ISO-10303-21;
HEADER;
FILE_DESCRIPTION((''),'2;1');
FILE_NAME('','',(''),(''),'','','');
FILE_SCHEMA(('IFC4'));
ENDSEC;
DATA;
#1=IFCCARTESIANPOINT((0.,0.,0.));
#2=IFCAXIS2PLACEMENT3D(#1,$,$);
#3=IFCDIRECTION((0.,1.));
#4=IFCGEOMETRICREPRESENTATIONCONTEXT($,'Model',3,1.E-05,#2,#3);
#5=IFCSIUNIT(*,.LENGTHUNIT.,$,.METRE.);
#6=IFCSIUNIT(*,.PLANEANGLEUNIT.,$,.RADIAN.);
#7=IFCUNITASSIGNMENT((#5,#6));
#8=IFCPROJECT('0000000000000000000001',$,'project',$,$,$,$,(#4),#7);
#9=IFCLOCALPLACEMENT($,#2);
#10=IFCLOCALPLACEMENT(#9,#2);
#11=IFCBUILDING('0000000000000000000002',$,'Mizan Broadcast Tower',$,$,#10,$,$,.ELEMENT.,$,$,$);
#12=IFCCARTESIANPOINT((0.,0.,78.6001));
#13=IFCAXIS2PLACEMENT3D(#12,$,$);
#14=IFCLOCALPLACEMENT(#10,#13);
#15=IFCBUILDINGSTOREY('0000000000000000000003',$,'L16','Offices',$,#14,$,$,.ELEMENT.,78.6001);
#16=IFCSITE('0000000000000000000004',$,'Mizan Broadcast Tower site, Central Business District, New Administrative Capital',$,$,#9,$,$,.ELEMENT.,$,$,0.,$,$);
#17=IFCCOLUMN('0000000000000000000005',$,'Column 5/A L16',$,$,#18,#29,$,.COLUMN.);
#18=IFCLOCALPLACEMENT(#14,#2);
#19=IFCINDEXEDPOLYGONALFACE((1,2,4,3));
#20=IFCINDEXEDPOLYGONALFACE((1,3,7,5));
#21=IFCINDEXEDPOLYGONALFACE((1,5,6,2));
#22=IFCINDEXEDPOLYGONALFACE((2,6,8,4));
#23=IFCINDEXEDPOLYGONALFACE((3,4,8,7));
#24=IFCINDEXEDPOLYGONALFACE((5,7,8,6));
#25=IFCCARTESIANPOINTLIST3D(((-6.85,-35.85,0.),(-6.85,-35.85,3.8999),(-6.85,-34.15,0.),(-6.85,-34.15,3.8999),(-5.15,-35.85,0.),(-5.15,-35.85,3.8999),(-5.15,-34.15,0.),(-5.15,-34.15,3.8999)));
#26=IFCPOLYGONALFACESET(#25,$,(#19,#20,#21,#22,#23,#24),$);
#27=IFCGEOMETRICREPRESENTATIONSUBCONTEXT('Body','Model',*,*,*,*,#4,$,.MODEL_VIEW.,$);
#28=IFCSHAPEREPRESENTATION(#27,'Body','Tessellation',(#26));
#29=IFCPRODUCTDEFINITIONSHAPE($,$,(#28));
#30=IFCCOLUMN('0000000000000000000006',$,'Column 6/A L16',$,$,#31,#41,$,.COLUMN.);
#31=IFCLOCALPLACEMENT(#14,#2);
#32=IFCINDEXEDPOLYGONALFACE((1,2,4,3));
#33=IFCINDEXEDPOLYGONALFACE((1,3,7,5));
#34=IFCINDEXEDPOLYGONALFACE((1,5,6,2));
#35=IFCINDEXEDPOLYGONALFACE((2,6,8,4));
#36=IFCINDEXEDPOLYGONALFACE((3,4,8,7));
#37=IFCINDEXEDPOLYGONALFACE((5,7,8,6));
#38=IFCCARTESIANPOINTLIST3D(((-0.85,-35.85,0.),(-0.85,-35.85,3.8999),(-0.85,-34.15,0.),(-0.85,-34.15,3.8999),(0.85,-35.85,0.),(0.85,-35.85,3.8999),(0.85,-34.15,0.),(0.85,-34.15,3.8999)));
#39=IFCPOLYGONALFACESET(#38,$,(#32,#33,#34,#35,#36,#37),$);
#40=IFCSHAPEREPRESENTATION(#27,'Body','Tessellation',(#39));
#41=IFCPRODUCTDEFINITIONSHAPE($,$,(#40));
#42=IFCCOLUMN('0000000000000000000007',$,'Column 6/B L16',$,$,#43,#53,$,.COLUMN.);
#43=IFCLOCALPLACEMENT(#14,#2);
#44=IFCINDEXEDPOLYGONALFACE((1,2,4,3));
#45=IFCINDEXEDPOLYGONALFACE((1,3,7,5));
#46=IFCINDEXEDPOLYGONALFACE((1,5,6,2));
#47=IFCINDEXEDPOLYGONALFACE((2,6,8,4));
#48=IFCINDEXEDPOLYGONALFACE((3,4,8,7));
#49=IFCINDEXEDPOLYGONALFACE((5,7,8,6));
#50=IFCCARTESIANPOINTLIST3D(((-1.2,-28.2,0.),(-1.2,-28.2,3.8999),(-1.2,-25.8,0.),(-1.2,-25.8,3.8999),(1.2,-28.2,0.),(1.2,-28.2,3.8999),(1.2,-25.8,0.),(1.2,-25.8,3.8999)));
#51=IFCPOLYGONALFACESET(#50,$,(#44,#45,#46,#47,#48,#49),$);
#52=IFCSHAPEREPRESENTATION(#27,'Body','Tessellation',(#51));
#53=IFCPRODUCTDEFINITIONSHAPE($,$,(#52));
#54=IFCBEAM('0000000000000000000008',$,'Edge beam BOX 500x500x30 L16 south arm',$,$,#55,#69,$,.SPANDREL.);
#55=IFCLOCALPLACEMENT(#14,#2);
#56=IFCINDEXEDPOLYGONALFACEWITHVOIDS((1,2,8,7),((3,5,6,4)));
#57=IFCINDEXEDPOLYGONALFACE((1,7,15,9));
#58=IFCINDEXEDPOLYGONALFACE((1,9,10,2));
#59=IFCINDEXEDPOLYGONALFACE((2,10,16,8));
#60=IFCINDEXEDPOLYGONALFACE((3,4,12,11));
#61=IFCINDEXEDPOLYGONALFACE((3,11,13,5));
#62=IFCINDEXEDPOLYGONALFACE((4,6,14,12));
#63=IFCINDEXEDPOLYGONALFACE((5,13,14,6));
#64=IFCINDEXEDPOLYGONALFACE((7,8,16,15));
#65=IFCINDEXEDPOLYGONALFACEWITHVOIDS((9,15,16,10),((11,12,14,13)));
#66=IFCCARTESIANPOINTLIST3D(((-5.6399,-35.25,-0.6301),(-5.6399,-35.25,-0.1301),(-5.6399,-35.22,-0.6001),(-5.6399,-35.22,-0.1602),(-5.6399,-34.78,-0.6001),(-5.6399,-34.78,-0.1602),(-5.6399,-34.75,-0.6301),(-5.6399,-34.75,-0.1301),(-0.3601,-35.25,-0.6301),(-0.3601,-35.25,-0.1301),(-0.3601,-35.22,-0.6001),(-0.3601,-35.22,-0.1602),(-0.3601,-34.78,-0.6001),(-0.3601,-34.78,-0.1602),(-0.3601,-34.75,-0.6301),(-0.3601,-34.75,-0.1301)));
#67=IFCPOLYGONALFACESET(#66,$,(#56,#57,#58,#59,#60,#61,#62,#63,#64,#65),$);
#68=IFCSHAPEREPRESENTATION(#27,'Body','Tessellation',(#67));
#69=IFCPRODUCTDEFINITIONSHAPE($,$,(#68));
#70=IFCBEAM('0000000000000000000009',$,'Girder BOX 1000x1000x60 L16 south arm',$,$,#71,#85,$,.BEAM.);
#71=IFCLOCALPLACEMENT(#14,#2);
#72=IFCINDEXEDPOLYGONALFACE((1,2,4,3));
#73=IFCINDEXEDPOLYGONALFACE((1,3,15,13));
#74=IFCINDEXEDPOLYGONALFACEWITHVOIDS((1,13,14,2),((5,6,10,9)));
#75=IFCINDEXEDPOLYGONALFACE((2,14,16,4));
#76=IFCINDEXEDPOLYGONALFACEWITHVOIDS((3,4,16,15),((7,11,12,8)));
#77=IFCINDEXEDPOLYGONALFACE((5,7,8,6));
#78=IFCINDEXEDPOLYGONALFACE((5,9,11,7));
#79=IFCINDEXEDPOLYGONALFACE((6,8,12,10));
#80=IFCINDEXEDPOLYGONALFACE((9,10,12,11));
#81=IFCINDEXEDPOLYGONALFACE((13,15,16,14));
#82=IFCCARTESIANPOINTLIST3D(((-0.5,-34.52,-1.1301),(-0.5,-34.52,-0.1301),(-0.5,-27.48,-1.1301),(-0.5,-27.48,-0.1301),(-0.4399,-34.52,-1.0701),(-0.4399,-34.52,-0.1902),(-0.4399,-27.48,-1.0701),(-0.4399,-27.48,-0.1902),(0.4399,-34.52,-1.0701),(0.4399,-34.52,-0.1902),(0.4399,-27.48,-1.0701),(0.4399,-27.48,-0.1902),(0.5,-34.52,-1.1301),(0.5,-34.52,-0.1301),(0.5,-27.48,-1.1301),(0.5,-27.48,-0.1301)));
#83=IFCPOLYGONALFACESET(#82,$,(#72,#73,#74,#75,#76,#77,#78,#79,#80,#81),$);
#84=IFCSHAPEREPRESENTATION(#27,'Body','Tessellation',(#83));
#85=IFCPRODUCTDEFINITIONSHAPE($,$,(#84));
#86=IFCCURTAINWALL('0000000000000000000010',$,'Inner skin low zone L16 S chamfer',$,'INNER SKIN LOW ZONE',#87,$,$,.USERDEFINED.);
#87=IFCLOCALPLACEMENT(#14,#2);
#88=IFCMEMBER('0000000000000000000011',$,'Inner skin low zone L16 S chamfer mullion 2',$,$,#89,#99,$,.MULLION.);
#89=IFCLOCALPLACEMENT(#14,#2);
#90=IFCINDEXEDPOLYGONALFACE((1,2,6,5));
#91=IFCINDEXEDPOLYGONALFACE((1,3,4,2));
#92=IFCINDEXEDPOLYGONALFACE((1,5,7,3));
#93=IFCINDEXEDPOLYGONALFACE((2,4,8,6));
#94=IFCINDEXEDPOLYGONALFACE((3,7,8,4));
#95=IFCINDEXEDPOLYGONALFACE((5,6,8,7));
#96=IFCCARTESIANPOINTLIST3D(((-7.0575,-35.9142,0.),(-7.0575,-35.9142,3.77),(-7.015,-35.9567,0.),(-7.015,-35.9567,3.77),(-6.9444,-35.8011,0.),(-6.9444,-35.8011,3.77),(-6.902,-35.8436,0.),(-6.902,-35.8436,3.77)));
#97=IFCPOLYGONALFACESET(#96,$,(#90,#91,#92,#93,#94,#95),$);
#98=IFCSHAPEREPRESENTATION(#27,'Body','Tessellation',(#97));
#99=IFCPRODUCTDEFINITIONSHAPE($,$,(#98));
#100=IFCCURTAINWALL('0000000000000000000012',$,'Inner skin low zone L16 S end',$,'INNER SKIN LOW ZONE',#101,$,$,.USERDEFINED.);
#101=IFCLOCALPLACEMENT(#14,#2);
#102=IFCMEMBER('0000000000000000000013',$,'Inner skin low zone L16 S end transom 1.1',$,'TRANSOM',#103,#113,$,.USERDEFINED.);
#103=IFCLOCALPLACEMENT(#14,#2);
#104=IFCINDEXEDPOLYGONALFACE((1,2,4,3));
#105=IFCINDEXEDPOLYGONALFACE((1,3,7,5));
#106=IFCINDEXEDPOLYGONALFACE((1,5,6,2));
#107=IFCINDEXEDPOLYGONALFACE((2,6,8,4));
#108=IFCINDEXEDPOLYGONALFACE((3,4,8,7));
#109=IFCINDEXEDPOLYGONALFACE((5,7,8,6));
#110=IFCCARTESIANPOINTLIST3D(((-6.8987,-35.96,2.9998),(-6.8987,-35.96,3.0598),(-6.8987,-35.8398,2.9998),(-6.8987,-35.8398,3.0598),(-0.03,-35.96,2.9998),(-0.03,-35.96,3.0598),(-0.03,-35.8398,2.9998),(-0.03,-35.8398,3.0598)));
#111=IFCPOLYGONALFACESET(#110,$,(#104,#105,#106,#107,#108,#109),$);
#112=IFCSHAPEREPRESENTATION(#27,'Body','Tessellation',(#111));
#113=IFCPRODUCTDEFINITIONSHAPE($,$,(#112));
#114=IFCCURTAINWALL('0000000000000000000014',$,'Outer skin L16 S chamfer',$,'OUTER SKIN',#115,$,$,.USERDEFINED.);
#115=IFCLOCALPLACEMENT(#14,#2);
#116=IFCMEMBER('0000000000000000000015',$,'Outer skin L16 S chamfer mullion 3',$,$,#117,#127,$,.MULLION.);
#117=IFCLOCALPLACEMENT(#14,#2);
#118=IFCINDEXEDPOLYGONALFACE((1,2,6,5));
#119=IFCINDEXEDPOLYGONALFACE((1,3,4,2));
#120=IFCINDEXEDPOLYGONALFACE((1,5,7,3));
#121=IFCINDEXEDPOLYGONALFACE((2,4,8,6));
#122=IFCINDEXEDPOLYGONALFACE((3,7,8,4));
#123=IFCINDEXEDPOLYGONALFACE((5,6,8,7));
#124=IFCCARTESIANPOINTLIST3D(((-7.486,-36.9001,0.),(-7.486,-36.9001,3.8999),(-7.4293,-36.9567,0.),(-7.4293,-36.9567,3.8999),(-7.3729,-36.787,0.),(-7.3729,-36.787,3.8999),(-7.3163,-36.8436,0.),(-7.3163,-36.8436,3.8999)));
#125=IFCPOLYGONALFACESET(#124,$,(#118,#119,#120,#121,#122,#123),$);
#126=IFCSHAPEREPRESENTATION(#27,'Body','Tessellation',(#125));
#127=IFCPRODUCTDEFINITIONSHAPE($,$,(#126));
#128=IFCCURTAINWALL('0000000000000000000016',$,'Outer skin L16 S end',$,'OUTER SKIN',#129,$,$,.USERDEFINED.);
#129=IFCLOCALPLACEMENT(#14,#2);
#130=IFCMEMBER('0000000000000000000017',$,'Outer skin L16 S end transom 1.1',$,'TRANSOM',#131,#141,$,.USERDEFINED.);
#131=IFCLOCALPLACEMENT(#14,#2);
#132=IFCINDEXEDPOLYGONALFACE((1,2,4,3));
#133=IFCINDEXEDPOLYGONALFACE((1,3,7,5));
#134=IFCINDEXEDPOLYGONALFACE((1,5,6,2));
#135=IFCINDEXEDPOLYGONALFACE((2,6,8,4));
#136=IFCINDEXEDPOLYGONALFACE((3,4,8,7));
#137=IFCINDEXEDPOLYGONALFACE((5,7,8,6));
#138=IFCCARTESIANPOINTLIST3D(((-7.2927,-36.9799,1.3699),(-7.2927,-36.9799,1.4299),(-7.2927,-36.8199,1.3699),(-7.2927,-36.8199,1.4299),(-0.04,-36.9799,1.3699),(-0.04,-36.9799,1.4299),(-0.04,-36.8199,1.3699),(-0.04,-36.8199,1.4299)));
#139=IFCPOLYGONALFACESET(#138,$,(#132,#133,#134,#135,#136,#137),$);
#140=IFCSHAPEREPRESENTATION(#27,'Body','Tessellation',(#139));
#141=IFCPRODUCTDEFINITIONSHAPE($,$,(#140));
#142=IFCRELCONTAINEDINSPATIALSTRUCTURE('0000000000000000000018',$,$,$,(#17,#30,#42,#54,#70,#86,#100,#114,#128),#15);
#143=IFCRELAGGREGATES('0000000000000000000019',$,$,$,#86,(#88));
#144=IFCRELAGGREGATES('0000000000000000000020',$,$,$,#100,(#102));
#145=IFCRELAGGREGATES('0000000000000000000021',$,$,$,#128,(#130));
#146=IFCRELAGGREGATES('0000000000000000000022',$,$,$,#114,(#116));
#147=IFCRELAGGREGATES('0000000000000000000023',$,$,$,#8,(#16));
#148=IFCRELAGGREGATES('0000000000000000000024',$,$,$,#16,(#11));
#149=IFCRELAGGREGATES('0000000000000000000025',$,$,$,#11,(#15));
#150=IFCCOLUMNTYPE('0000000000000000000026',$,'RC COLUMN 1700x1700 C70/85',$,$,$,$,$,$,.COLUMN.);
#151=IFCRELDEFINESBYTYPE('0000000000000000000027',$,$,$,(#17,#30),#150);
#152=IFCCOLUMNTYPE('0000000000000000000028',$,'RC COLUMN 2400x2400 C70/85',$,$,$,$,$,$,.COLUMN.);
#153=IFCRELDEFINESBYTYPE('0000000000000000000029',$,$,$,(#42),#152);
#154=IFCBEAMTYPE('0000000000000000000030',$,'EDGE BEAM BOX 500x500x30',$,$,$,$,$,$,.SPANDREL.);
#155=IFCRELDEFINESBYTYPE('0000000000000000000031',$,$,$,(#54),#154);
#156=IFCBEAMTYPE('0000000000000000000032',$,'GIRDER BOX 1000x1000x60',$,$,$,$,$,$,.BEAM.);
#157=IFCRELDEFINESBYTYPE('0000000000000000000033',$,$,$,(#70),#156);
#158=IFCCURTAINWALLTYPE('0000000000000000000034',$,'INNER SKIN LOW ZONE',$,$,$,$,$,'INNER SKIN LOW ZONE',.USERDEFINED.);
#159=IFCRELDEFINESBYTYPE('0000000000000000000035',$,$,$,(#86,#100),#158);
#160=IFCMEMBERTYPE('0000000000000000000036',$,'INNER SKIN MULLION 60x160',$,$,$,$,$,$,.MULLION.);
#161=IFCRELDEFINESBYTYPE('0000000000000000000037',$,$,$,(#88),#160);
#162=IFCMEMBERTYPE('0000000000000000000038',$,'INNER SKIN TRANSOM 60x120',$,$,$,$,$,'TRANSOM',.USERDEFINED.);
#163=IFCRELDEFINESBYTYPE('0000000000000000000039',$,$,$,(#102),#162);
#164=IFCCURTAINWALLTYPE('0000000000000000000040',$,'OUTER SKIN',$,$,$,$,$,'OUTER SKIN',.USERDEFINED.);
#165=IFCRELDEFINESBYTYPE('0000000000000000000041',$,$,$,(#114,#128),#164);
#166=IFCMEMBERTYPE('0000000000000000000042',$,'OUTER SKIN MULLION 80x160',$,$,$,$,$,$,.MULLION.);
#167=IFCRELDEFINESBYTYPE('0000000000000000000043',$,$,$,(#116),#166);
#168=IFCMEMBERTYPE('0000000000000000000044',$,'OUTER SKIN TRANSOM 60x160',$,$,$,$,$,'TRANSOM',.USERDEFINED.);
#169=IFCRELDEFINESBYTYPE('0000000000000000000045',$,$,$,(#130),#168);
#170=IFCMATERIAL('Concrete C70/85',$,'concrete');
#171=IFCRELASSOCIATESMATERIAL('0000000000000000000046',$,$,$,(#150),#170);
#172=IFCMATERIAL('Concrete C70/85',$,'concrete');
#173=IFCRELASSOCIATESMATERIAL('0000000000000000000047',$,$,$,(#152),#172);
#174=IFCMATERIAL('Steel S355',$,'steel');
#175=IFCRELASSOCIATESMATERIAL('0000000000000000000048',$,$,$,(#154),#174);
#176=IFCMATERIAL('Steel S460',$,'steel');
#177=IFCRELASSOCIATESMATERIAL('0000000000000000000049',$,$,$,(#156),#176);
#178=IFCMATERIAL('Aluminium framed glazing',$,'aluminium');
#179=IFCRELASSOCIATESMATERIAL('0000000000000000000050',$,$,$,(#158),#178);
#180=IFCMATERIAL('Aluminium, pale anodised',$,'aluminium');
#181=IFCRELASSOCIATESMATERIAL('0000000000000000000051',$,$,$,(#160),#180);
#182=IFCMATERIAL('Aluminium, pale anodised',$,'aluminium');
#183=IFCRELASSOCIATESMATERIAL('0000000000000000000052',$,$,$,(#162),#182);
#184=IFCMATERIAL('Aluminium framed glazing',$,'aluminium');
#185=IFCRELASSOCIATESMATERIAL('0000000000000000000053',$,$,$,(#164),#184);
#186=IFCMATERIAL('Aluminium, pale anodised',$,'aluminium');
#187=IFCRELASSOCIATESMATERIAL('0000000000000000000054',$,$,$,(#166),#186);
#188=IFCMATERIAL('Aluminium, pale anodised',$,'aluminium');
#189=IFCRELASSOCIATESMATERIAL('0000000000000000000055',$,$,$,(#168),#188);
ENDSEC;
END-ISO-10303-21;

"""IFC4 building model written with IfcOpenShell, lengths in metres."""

from ifc_helpers import new_model, si_unit, direction, frame, origin, origin_2d, place, context, subcontext, project, spatial, rectangle, hollow_rectangle, extrude, material, material_profile, profile_set, type_object, element, aggregate, save


model = new_model("IFC4")

# Units and contexts
model_context = context("Model", 3, precision=1e-05, world=origin(), true_north=direction((0.0, 1.0)))
body_context = subcontext(model_context, "Body", "Model", "MODEL_VIEW")
ifc_project = project(units=[si_unit("LENGTHUNIT", "METRE"), si_unit("PLANEANGLEUNIT", "RADIAN")], contexts=[model_context])

# Site, building, storey
site_placement = place(None, origin())
site = spatial("IfcSite", under=ifc_project, at=site_placement, Name="Mizan Broadcast Tower site, Central Business District, New Administrative Capital", CompositionType="ELEMENT", RefElevation=0.0)
building_placement = place(site_placement, origin())
building = spatial("IfcBuilding", under=site, at=building_placement, Name="Mizan Broadcast Tower", CompositionType="ELEMENT")
storey_placement = place(building_placement, frame((0.0, 0.0, 78.6001)))
storey = spatial("IfcBuildingStorey", under=building, at=storey_placement, Name="L16", Description="Offices", CompositionType="ELEMENT", Elevation=78.6001)

# Columns
ifc_material_1 = material(Name="Concrete C70/85", Category="concrete")
ifc_material_profile_1 = material_profile(ifc_material_1, rectangle(XDim=1.7, YDim=1.7, at=origin_2d()), Name="RC 1700x1700")
ifc_profile_set_1 = profile_set([ifc_material_profile_1], Name="Concrete C70/85")
column_type_1 = type_object("IfcColumnType", Name="RC COLUMN 1700x1700 C70/85", PredefinedType="COLUMN", material=ifc_profile_set_1)
for number, where, z_axis, x_axis, name in (
    (1, (-6.0, -35.0, 0.0), (0.0, 0.0, 1.0), (1.0, 0.0, 0.0), "Column 5/A L16"),
    (2, (0.0, -35.0, 0.0), (0.0, 0.0, 1.0), (1.0, 0.0, 0.0), "Column 6/A L16"),
):
    element("IfcColumn", number, at=place(storey_placement, frame(where, z_axis=z_axis, x_axis=x_axis)), inside=storey, type_object=column_type_1, Name=name, PredefinedType="COLUMN", context=body_context, shape_type="SweptSolid", body=[
        extrude(rectangle(XDim=1.7, YDim=1.7, at=origin_2d()), origin(), (0.0, 0.0, 1.0), 3.8999),
    ])
ifc_material_2 = material(Name="Concrete C70/85", Category="concrete")
ifc_material_profile_2 = material_profile(ifc_material_2, rectangle(XDim=2.3999, YDim=2.3999, at=origin_2d()), Name="RC 2400x2400")
ifc_profile_set_2 = profile_set([ifc_material_profile_2], Name="Concrete C70/85")
column_type_2 = type_object("IfcColumnType", Name="RC COLUMN 2400x2400 C70/85", PredefinedType="COLUMN", material=ifc_profile_set_2)
column_placement = place(storey_placement, frame((0.0, -27.0, 0.0), z_axis=(0.0, 0.0, 1.0), x_axis=(1.0, 0.0, 0.0)))
element("IfcColumn", 3, at=column_placement, inside=storey, type_object=column_type_2, Name="Column 6/B L16", PredefinedType="COLUMN", context=body_context, shape_type="SweptSolid", body=[
    extrude(rectangle(XDim=2.3999, YDim=2.3999, at=origin_2d()), origin(), (0.0, 0.0, 1.0), 3.8999),
])

# Beams
ifc_material_3 = material(Name="Steel S355", Category="steel")
ifc_material_profile_3 = material_profile(ifc_material_3, hollow_rectangle(XDim=0.5, YDim=0.5, WallThickness=0.03, at=origin_2d()), Name="BOX 500x500x30")
ifc_profile_set_3 = profile_set([ifc_material_profile_3], Name="Steel S355")
beam_type_1 = type_object("IfcBeamType", Name="EDGE BEAM BOX 500x500x30", PredefinedType="SPANDREL", material=ifc_profile_set_3)
beam_1_placement = place(storey_placement, frame((-5.6399, -35.0, -0.3801), z_axis=(1.0, 0.0, 0.0), x_axis=(0.0, 1.0, 0.0)))
element("IfcBeam", 4, at=beam_1_placement, inside=storey, type_object=beam_type_1, Name="Edge beam BOX 500x500x30 L16 south arm", PredefinedType="SPANDREL", context=body_context, shape_type="SweptSolid", body=[
    extrude(hollow_rectangle(XDim=0.5, YDim=0.5, WallThickness=0.03, at=origin_2d()), origin(), (0.0, 0.0, 1.0), 5.2798),
])
ifc_material_4 = material(Name="Steel S460", Category="steel")
ifc_material_profile_4 = material_profile(ifc_material_4, hollow_rectangle(XDim=1.0, YDim=1.0, WallThickness=0.0601, at=origin_2d()), Name="BOX 1000x1000x60")
ifc_profile_set_4 = profile_set([ifc_material_profile_4], Name="Steel S460")
beam_type_2 = type_object("IfcBeamType", Name="GIRDER BOX 1000x1000x60", PredefinedType="BEAM", material=ifc_profile_set_4)
beam_2_placement = place(storey_placement, frame((0.0, -27.48, -0.6301), z_axis=(0.0, -1.0, 0.0), x_axis=(1.0, 0.0, 0.0)))
element("IfcBeam", 5, at=beam_2_placement, inside=storey, type_object=beam_type_2, Name="Girder BOX 1000x1000x60 L16 south arm", PredefinedType="BEAM", context=body_context, shape_type="SweptSolid", body=[
    extrude(hollow_rectangle(XDim=1.0, YDim=1.0, WallThickness=0.0601, at=origin_2d()), origin(), (0.0, 0.0, 1.0), 7.04),
])

# Curtain walls, members
ifc_material_5 = material(Name="Aluminium framed glazing", Category="aluminium")
curtain_wall_type_1 = type_object("IfcCurtainWallType", Name="INNER SKIN LOW ZONE", ElementType="INNER SKIN LOW ZONE", PredefinedType="USERDEFINED", material=ifc_material_5)
curtain_wall_1_placement = place(storey_placement, origin())
curtain_wall_1 = element("IfcCurtainWall", 6, at=curtain_wall_1_placement, inside=storey, type_object=curtain_wall_type_1, Name="Inner skin low zone L16 S chamfer", ObjectType="INNER SKIN LOW ZONE", PredefinedType="USERDEFINED")
ifc_material_6 = material(Name="Aluminium, pale anodised", Category="aluminium")
ifc_material_profile_5 = material_profile(ifc_material_6, rectangle(XDim=0.1599, YDim=0.0601, at=origin_2d()), Name="MULLION 160x60")
ifc_profile_set_5 = profile_set([ifc_material_profile_5], Name="Aluminium, pale anodised")
member_type_1 = type_object("IfcMemberType", Name="INNER SKIN MULLION 60x160", PredefinedType="MULLION", material=ifc_profile_set_5)
member_1_placement = place(storey_placement, frame((-6.9797, -35.8789, 0.0), z_axis=(0.0, 0.0, 1.0), x_axis=(0.707107, 0.707107, 0.0)))
member_1 = element("IfcMember", 7, at=member_1_placement, type_object=member_type_1, Name="Inner skin low zone L16 S chamfer mullion 2", PredefinedType="MULLION", context=body_context, shape_type="SweptSolid", body=[
    extrude(rectangle(XDim=0.1599, YDim=0.0601, at=origin_2d()), origin(), (0.0, 0.0, 1.0), 3.77),
])
curtain_wall_2_placement = place(storey_placement, origin())
curtain_wall_2 = element("IfcCurtainWall", 8, at=curtain_wall_2_placement, inside=storey, type_object=curtain_wall_type_1, Name="Inner skin low zone L16 S end", ObjectType="INNER SKIN LOW ZONE", PredefinedType="USERDEFINED")
ifc_material_7 = material(Name="Aluminium, pale anodised", Category="aluminium")
ifc_material_profile_6 = material_profile(ifc_material_7, rectangle(XDim=0.1201, YDim=0.0601, at=origin_2d()), Name="TRANSOM 120x60")
ifc_profile_set_6 = profile_set([ifc_material_profile_6], Name="Aluminium, pale anodised")
member_type_2 = type_object("IfcMemberType", Name="INNER SKIN TRANSOM 60x120", ElementType="TRANSOM", PredefinedType="USERDEFINED", material=ifc_profile_set_6)
member_2_placement = place(storey_placement, frame((-6.8987, -35.8999, 3.0298), z_axis=(1.0, 0.0, 0.0), x_axis=(0.0, 1.0, 0.0)))
member_2 = element("IfcMember", 9, at=member_2_placement, type_object=member_type_2, Name="Inner skin low zone L16 S end transom 1.1", ObjectType="TRANSOM", PredefinedType="USERDEFINED", context=body_context, shape_type="SweptSolid", body=[
    extrude(rectangle(XDim=0.1201, YDim=0.0601, at=origin_2d()), origin(), (0.0, 0.0, 1.0), 6.8687),
])
ifc_material_8 = material(Name="Aluminium framed glazing", Category="aluminium")
curtain_wall_type_2 = type_object("IfcCurtainWallType", Name="OUTER SKIN", ElementType="OUTER SKIN", PredefinedType="USERDEFINED", material=ifc_material_8)
curtain_wall_3_placement = place(storey_placement, origin())
curtain_wall_3 = element("IfcCurtainWall", 10, at=curtain_wall_3_placement, inside=storey, type_object=curtain_wall_type_2, Name="Outer skin L16 S chamfer", ObjectType="OUTER SKIN", PredefinedType="USERDEFINED")
ifc_material_9 = material(Name="Aluminium, pale anodised", Category="aluminium")
ifc_material_profile_7 = material_profile(ifc_material_9, rectangle(XDim=0.1599, YDim=0.0801, at=origin_2d()), Name="MULLION 160x80")
ifc_profile_set_7 = profile_set([ifc_material_profile_7], Name="Aluminium, pale anodised")
member_type_3 = type_object("IfcMemberType", Name="OUTER SKIN MULLION 80x160", PredefinedType="MULLION", material=ifc_profile_set_7)
member_3_placement = place(storey_placement, frame((-7.4011, -36.8718, 0.0), z_axis=(0.0, 0.0, 1.0), x_axis=(0.707107, 0.707107, 0.0)))
member_3 = element("IfcMember", 11, at=member_3_placement, type_object=member_type_3, Name="Outer skin L16 S chamfer mullion 3", PredefinedType="MULLION", context=body_context, shape_type="SweptSolid", body=[
    extrude(rectangle(XDim=0.1599, YDim=0.0801, at=origin_2d()), origin(), (0.0, 0.0, 1.0), 3.8999),
])
curtain_wall_4_placement = place(storey_placement, origin())
curtain_wall_4 = element("IfcCurtainWall", 12, at=curtain_wall_4_placement, inside=storey, type_object=curtain_wall_type_2, Name="Outer skin L16 S end", ObjectType="OUTER SKIN", PredefinedType="USERDEFINED")
ifc_material_10 = material(Name="Aluminium, pale anodised", Category="aluminium")
ifc_material_profile_8 = material_profile(ifc_material_10, rectangle(XDim=0.1599, YDim=0.0601, at=origin_2d()), Name="TRANSOM 160x60")
ifc_profile_set_8 = profile_set([ifc_material_profile_8], Name="Aluminium, pale anodised")
member_type_4 = type_object("IfcMemberType", Name="OUTER SKIN TRANSOM 60x160", ElementType="TRANSOM", PredefinedType="USERDEFINED", material=ifc_profile_set_8)
member_4_placement = place(storey_placement, frame((-7.2927, -36.8999, 1.3999), z_axis=(1.0, 0.0, 0.0), x_axis=(0.0, 1.0, 0.0)))
member_4 = element("IfcMember", 13, at=member_4_placement, type_object=member_type_4, Name="Outer skin L16 S end transom 1.1", ObjectType="TRANSOM", PredefinedType="USERDEFINED", context=body_context, shape_type="SweptSolid", body=[
    extrude(rectangle(XDim=0.1599, YDim=0.0601, at=origin_2d()), origin(), (0.0, 0.0, 1.0), 7.2527),
])

aggregate(curtain_wall_1, [member_1])
aggregate(curtain_wall_2, [member_2])
aggregate(curtain_wall_4, [member_4])
aggregate(curtain_wall_3, [member_3])

save(model, "model.ifc")
